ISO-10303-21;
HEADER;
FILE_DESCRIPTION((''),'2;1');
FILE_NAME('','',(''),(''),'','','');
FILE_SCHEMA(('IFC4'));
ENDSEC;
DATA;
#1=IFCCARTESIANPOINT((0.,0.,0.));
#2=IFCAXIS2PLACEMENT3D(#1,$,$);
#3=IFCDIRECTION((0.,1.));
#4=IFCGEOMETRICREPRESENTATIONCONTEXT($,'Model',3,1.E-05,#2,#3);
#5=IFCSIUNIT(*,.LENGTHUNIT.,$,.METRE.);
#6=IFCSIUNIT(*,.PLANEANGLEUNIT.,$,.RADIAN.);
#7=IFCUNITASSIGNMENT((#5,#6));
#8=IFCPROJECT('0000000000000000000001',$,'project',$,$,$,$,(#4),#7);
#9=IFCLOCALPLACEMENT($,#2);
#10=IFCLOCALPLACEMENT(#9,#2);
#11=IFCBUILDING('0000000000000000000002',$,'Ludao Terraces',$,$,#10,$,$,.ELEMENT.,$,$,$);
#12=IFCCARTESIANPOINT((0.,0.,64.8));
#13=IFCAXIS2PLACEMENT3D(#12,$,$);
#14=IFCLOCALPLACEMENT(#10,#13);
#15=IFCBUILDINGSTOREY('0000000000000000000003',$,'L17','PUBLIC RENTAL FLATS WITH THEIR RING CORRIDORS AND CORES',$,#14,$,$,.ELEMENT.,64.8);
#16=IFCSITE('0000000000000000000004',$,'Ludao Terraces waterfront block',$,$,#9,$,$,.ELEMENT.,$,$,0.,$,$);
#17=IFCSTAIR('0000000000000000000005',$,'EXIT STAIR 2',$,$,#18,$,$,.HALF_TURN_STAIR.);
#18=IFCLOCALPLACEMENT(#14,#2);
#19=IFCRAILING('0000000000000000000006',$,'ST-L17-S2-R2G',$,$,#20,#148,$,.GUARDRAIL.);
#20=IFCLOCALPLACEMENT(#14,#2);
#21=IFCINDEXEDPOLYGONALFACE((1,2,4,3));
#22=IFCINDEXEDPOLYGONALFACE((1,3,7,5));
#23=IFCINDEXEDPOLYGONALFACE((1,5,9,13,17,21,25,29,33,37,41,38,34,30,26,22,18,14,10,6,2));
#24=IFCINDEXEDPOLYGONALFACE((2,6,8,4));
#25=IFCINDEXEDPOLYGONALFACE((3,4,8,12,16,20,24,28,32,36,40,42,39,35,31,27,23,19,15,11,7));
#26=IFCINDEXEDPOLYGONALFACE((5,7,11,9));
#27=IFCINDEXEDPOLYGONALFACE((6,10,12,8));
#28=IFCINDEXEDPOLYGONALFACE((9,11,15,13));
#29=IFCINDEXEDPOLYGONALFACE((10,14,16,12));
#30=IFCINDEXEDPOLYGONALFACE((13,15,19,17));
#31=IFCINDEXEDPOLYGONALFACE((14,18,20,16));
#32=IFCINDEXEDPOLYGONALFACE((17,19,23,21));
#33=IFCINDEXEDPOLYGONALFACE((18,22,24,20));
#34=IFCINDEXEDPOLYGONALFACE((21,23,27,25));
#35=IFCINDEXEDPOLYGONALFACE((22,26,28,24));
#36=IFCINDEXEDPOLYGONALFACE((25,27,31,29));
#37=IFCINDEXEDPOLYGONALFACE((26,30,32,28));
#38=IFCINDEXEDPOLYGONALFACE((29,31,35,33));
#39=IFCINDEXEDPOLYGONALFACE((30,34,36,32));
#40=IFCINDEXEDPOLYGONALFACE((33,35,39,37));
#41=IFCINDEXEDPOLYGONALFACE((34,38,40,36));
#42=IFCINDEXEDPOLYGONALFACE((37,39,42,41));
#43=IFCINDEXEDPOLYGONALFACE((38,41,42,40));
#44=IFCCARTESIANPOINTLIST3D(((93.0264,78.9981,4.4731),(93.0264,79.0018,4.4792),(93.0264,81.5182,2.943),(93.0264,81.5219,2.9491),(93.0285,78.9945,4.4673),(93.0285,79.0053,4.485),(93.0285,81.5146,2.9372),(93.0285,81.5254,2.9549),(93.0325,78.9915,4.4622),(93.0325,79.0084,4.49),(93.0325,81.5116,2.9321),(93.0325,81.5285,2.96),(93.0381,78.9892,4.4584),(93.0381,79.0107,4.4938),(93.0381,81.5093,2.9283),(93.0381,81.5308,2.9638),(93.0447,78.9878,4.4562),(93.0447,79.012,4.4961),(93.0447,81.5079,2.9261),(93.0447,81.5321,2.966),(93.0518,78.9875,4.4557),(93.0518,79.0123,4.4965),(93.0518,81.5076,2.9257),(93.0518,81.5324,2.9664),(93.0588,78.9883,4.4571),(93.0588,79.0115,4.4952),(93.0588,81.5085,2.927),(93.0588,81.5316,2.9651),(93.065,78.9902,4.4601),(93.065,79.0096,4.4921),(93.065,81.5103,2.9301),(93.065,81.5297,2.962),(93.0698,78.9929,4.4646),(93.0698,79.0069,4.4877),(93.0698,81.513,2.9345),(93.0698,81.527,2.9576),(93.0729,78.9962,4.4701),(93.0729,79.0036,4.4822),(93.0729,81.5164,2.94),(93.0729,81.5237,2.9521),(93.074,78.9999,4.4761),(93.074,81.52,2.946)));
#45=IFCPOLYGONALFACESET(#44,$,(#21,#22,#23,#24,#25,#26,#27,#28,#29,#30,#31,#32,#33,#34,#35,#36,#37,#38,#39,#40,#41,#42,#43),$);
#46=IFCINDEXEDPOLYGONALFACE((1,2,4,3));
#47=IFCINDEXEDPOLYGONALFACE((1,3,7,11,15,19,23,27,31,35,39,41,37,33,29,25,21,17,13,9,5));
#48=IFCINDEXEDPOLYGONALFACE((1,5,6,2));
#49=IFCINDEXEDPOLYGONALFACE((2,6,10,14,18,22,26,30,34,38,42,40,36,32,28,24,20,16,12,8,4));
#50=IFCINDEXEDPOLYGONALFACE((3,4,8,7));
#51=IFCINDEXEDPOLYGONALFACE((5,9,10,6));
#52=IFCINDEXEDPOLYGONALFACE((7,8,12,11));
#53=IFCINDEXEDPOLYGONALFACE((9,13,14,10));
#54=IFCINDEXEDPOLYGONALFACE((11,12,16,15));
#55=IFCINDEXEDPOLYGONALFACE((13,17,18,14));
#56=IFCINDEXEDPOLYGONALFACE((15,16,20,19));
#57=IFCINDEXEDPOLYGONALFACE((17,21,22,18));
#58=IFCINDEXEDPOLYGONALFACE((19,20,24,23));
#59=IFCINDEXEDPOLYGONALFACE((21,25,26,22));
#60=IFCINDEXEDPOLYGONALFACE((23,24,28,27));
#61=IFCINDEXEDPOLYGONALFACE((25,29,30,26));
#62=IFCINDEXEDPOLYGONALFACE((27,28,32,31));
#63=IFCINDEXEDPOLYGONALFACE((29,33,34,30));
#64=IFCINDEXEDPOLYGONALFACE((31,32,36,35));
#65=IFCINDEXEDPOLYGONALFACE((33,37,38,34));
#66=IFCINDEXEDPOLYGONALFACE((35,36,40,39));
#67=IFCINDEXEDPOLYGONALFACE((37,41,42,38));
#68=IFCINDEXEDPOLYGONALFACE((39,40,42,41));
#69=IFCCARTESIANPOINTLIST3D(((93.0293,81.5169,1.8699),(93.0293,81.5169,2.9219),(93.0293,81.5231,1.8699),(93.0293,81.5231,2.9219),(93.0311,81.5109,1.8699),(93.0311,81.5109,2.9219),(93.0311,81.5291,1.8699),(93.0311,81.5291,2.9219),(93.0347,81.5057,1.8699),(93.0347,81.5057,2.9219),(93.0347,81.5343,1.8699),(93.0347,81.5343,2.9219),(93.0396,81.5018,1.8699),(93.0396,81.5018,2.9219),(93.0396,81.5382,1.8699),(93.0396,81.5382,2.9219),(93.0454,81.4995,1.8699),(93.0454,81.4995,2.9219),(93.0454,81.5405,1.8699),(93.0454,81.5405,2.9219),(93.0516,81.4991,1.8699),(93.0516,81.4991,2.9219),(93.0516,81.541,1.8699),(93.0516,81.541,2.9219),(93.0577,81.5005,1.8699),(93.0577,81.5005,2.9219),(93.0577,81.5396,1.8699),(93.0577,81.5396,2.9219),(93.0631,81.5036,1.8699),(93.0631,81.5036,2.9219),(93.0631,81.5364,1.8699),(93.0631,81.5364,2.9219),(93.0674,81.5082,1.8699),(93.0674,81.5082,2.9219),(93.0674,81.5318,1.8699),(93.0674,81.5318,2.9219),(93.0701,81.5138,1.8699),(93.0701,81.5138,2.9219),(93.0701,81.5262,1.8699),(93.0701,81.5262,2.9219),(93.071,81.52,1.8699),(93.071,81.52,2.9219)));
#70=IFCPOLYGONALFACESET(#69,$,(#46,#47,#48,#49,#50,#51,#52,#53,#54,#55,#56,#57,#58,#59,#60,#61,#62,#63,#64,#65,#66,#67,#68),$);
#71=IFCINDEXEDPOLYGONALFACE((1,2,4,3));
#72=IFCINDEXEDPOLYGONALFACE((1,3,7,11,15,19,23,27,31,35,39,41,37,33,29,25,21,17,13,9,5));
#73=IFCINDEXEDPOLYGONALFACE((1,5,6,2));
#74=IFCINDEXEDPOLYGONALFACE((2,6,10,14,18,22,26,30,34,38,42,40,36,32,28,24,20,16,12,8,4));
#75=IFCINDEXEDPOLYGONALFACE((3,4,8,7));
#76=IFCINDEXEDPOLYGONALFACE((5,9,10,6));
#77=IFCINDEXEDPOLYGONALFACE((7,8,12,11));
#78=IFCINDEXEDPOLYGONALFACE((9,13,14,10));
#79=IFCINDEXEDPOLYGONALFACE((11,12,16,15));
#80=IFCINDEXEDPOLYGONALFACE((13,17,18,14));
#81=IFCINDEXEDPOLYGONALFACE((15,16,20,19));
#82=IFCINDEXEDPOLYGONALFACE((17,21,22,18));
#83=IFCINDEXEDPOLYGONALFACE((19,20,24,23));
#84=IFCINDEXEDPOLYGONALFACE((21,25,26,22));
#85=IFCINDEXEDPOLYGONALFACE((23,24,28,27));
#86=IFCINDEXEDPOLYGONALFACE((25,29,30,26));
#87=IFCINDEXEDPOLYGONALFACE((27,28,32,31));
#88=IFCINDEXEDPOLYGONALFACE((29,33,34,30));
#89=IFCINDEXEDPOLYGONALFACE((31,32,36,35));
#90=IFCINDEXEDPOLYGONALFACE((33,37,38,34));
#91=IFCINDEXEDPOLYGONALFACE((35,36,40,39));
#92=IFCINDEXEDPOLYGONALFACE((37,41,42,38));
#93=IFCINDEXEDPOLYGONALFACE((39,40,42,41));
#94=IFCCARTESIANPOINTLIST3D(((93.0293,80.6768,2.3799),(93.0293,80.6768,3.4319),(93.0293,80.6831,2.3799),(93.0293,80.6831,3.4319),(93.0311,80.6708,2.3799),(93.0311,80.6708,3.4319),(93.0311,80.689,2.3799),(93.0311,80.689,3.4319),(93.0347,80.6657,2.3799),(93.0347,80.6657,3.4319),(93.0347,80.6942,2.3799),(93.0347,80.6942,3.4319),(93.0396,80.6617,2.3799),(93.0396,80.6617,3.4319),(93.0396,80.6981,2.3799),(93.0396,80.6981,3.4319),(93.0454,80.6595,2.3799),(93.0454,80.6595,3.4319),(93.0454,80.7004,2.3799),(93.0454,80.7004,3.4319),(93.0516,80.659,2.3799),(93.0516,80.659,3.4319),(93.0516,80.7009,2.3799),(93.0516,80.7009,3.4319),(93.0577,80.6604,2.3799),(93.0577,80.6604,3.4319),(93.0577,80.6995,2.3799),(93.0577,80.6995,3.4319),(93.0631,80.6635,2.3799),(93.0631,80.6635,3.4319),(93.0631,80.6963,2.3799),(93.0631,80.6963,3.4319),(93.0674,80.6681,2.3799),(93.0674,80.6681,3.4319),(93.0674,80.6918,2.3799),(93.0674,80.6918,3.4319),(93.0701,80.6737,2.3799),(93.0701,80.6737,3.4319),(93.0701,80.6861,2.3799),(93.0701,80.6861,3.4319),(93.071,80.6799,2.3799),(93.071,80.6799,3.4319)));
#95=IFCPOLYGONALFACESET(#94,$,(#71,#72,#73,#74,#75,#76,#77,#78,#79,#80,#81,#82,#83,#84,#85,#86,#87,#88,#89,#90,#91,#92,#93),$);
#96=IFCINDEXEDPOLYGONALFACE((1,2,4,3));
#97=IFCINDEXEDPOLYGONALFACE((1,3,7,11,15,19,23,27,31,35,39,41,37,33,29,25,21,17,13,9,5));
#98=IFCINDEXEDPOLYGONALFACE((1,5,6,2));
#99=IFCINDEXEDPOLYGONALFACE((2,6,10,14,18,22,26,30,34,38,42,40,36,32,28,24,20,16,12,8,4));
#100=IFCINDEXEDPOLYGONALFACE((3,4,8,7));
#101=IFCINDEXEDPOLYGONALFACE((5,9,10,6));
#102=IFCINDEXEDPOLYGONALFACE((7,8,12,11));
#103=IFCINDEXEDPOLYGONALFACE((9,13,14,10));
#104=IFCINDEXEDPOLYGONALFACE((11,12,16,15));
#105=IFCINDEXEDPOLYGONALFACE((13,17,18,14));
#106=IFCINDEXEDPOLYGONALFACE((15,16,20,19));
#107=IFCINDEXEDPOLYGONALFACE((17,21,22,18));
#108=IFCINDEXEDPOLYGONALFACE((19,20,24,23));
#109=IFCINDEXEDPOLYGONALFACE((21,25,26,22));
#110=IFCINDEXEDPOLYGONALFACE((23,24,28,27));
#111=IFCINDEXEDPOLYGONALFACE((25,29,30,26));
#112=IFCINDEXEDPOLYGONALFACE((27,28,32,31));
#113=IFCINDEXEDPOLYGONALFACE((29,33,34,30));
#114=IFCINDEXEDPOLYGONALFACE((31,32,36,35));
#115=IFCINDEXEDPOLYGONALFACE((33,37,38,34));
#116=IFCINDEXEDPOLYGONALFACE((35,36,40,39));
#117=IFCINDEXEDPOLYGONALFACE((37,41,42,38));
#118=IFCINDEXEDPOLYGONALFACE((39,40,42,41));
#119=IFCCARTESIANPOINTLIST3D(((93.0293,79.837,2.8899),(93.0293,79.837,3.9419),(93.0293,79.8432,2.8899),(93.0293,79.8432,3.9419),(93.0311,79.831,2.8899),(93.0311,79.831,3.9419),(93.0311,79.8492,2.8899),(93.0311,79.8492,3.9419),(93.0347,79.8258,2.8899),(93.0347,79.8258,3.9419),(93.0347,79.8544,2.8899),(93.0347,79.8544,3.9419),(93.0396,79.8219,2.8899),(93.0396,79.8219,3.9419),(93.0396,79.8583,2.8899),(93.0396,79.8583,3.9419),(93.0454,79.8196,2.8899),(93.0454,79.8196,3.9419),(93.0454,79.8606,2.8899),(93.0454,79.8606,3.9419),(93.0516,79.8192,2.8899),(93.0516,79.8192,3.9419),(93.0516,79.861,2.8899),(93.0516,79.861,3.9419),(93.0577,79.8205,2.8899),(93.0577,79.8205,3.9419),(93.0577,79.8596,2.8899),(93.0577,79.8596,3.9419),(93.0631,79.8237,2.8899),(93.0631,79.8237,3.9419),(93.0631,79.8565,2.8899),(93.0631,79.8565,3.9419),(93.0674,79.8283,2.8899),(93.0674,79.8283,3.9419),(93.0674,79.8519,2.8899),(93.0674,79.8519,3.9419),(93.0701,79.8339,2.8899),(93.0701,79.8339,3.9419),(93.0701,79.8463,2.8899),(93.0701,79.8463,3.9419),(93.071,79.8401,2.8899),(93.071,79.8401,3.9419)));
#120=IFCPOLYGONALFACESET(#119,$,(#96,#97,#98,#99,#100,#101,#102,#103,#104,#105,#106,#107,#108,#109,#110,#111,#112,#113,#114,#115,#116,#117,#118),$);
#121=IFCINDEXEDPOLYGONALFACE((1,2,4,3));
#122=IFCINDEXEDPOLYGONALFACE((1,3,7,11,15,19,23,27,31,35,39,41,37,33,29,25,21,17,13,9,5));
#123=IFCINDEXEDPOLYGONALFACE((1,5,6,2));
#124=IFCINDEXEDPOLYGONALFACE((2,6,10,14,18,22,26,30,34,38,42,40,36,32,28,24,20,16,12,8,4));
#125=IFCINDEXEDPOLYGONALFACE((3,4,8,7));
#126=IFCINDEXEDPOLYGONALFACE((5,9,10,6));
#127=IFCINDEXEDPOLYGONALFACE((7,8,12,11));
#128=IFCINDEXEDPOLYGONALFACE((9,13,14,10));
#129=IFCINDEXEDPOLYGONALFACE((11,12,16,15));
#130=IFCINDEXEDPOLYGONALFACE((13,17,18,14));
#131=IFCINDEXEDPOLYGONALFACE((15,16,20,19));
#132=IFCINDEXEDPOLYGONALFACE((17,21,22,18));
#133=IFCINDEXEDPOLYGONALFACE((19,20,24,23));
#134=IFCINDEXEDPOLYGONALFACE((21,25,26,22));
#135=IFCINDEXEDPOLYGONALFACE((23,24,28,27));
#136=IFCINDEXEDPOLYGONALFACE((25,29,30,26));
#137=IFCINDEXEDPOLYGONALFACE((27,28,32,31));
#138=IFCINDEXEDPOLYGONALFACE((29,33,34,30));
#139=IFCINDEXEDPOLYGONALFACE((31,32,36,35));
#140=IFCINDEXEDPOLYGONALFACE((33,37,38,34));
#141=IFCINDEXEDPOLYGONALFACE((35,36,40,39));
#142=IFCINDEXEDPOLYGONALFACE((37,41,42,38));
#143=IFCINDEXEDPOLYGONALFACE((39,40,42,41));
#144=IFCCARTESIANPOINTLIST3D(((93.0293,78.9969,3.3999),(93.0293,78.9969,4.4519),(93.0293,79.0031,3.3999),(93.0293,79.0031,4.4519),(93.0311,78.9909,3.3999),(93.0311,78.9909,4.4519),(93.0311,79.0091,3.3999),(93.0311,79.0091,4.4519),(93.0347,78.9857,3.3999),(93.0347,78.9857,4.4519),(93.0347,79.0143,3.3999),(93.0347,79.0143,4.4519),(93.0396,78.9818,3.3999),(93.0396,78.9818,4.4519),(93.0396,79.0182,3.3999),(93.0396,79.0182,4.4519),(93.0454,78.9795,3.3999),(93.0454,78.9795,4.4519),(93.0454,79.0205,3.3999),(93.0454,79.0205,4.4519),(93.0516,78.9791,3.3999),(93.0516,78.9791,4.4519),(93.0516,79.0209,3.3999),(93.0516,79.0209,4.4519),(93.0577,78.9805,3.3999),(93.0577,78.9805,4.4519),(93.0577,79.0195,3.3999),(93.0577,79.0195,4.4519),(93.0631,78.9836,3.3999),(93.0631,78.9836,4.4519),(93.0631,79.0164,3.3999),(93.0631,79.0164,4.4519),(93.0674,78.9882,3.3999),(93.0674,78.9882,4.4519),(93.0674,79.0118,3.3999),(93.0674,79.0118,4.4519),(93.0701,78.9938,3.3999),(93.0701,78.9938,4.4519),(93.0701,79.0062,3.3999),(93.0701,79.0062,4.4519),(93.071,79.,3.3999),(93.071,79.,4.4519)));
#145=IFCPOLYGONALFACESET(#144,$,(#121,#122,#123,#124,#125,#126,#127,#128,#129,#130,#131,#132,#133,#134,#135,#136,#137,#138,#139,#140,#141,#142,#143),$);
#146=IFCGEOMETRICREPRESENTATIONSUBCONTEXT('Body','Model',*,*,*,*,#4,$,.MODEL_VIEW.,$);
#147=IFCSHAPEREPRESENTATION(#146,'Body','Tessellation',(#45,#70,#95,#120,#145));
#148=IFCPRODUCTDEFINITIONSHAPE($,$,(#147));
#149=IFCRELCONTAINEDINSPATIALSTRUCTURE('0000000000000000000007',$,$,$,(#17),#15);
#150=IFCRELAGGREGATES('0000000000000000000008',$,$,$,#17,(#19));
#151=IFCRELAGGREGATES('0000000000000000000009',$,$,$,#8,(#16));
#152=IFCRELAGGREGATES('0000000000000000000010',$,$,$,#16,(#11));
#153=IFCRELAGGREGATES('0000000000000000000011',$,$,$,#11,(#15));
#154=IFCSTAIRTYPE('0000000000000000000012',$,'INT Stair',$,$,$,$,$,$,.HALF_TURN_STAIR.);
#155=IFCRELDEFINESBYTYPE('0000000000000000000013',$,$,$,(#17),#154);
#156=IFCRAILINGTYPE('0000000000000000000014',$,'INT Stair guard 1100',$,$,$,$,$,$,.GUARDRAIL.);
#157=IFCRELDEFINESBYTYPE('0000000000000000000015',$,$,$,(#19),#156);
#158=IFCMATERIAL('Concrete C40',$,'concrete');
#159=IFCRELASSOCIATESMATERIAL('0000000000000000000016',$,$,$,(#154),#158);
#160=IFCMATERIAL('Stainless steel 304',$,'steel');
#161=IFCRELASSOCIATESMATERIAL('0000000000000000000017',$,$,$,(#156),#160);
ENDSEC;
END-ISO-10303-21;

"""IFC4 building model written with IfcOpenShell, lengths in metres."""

from ifc_helpers import new_model, si_unit, direction, frame, origin, origin_2d, place, context, subcontext, project, spatial, circle, extrude, material, type_object, element, aggregate, save


model = new_model("IFC4")

# Units and contexts
model_context = context("Model", 3, precision=1e-05, world=origin(), true_north=direction((0.0, 1.0)))
body_context = subcontext(model_context, "Body", "Model", "MODEL_VIEW")
ifc_project = project(units=[si_unit("LENGTHUNIT", "METRE"), si_unit("PLANEANGLEUNIT", "RADIAN")], contexts=[model_context])

# Site, building, storey
site_placement = place(None, origin())
site = spatial("IfcSite", under=ifc_project, at=site_placement, Name="Ludao Terraces waterfront block", CompositionType="ELEMENT", RefElevation=0.0)
building_placement = place(site_placement, origin())
building = spatial("IfcBuilding", under=site, at=building_placement, Name="Ludao Terraces", CompositionType="ELEMENT")
storey_placement = place(building_placement, frame((0.0, 0.0, 64.8)))
storey = spatial("IfcBuildingStorey", under=building, at=storey_placement, Name="L17", Description="PUBLIC RENTAL FLATS WITH THEIR RING CORRIDORS AND CORES", CompositionType="ELEMENT", Elevation=64.8)

# Shared definitions
ifc_material_1 = material(Name="Concrete C40", Category="concrete")

# Shared definitions
ifc_material_2 = material(Name="Stainless steel 304", Category="steel")

# Stair, railing
stair_type = type_object("IfcStairType", Name="INT Stair", PredefinedType="HALF_TURN_STAIR", material=ifc_material_1)
stair_placement = place(storey_placement, origin())
stair = element("IfcStair", 1, at=stair_placement, inside=storey, type_object=stair_type, Name="EXIT STAIR 2", PredefinedType="HALF_TURN_STAIR")
railing_type_1 = type_object("IfcRailingType", Name="INT Stair guard 1100", PredefinedType="GUARDRAIL", material=ifc_material_2)
railing_1_placement = place(storey_placement, frame((93.05, 81.52, 1.8699)))
railing_1 = element("IfcRailing", 2, at=railing_1_placement, type_object=railing_type_1, Name="ST-L17-S2-R2G", PredefinedType="GUARDRAIL", context=body_context, shape_type="SweptSolid", body=[
    extrude(circle(Radius=0.0239, at=origin_2d()), frame((0.0, 0.0, 1.0762), z_axis=(0.0, -0.854785, 0.518982), x_axis=(1.0, 0.0, 0.0)), (0.0, 0.0, 1.0), 2.9482),
    extrude(circle(Radius=0.021, at=origin_2d()), origin(), (0.0, 0.0, 1.0), 1.052),
    extrude(circle(Radius=0.021, at=origin_2d()), frame((0.0, -0.8401, 0.51)), (0.0, 0.0, 1.0), 1.052),
    extrude(circle(Radius=0.021, at=origin_2d()), frame((0.0, -1.6799, 1.02)), (0.0, 0.0, 1.0), 1.052),
    extrude(circle(Radius=0.021, at=origin_2d()), frame((0.0, -2.52, 1.53)), (0.0, 0.0, 1.0), 1.052),
])
aggregate(stair, [railing_1])

save(model, "model.ifc")
